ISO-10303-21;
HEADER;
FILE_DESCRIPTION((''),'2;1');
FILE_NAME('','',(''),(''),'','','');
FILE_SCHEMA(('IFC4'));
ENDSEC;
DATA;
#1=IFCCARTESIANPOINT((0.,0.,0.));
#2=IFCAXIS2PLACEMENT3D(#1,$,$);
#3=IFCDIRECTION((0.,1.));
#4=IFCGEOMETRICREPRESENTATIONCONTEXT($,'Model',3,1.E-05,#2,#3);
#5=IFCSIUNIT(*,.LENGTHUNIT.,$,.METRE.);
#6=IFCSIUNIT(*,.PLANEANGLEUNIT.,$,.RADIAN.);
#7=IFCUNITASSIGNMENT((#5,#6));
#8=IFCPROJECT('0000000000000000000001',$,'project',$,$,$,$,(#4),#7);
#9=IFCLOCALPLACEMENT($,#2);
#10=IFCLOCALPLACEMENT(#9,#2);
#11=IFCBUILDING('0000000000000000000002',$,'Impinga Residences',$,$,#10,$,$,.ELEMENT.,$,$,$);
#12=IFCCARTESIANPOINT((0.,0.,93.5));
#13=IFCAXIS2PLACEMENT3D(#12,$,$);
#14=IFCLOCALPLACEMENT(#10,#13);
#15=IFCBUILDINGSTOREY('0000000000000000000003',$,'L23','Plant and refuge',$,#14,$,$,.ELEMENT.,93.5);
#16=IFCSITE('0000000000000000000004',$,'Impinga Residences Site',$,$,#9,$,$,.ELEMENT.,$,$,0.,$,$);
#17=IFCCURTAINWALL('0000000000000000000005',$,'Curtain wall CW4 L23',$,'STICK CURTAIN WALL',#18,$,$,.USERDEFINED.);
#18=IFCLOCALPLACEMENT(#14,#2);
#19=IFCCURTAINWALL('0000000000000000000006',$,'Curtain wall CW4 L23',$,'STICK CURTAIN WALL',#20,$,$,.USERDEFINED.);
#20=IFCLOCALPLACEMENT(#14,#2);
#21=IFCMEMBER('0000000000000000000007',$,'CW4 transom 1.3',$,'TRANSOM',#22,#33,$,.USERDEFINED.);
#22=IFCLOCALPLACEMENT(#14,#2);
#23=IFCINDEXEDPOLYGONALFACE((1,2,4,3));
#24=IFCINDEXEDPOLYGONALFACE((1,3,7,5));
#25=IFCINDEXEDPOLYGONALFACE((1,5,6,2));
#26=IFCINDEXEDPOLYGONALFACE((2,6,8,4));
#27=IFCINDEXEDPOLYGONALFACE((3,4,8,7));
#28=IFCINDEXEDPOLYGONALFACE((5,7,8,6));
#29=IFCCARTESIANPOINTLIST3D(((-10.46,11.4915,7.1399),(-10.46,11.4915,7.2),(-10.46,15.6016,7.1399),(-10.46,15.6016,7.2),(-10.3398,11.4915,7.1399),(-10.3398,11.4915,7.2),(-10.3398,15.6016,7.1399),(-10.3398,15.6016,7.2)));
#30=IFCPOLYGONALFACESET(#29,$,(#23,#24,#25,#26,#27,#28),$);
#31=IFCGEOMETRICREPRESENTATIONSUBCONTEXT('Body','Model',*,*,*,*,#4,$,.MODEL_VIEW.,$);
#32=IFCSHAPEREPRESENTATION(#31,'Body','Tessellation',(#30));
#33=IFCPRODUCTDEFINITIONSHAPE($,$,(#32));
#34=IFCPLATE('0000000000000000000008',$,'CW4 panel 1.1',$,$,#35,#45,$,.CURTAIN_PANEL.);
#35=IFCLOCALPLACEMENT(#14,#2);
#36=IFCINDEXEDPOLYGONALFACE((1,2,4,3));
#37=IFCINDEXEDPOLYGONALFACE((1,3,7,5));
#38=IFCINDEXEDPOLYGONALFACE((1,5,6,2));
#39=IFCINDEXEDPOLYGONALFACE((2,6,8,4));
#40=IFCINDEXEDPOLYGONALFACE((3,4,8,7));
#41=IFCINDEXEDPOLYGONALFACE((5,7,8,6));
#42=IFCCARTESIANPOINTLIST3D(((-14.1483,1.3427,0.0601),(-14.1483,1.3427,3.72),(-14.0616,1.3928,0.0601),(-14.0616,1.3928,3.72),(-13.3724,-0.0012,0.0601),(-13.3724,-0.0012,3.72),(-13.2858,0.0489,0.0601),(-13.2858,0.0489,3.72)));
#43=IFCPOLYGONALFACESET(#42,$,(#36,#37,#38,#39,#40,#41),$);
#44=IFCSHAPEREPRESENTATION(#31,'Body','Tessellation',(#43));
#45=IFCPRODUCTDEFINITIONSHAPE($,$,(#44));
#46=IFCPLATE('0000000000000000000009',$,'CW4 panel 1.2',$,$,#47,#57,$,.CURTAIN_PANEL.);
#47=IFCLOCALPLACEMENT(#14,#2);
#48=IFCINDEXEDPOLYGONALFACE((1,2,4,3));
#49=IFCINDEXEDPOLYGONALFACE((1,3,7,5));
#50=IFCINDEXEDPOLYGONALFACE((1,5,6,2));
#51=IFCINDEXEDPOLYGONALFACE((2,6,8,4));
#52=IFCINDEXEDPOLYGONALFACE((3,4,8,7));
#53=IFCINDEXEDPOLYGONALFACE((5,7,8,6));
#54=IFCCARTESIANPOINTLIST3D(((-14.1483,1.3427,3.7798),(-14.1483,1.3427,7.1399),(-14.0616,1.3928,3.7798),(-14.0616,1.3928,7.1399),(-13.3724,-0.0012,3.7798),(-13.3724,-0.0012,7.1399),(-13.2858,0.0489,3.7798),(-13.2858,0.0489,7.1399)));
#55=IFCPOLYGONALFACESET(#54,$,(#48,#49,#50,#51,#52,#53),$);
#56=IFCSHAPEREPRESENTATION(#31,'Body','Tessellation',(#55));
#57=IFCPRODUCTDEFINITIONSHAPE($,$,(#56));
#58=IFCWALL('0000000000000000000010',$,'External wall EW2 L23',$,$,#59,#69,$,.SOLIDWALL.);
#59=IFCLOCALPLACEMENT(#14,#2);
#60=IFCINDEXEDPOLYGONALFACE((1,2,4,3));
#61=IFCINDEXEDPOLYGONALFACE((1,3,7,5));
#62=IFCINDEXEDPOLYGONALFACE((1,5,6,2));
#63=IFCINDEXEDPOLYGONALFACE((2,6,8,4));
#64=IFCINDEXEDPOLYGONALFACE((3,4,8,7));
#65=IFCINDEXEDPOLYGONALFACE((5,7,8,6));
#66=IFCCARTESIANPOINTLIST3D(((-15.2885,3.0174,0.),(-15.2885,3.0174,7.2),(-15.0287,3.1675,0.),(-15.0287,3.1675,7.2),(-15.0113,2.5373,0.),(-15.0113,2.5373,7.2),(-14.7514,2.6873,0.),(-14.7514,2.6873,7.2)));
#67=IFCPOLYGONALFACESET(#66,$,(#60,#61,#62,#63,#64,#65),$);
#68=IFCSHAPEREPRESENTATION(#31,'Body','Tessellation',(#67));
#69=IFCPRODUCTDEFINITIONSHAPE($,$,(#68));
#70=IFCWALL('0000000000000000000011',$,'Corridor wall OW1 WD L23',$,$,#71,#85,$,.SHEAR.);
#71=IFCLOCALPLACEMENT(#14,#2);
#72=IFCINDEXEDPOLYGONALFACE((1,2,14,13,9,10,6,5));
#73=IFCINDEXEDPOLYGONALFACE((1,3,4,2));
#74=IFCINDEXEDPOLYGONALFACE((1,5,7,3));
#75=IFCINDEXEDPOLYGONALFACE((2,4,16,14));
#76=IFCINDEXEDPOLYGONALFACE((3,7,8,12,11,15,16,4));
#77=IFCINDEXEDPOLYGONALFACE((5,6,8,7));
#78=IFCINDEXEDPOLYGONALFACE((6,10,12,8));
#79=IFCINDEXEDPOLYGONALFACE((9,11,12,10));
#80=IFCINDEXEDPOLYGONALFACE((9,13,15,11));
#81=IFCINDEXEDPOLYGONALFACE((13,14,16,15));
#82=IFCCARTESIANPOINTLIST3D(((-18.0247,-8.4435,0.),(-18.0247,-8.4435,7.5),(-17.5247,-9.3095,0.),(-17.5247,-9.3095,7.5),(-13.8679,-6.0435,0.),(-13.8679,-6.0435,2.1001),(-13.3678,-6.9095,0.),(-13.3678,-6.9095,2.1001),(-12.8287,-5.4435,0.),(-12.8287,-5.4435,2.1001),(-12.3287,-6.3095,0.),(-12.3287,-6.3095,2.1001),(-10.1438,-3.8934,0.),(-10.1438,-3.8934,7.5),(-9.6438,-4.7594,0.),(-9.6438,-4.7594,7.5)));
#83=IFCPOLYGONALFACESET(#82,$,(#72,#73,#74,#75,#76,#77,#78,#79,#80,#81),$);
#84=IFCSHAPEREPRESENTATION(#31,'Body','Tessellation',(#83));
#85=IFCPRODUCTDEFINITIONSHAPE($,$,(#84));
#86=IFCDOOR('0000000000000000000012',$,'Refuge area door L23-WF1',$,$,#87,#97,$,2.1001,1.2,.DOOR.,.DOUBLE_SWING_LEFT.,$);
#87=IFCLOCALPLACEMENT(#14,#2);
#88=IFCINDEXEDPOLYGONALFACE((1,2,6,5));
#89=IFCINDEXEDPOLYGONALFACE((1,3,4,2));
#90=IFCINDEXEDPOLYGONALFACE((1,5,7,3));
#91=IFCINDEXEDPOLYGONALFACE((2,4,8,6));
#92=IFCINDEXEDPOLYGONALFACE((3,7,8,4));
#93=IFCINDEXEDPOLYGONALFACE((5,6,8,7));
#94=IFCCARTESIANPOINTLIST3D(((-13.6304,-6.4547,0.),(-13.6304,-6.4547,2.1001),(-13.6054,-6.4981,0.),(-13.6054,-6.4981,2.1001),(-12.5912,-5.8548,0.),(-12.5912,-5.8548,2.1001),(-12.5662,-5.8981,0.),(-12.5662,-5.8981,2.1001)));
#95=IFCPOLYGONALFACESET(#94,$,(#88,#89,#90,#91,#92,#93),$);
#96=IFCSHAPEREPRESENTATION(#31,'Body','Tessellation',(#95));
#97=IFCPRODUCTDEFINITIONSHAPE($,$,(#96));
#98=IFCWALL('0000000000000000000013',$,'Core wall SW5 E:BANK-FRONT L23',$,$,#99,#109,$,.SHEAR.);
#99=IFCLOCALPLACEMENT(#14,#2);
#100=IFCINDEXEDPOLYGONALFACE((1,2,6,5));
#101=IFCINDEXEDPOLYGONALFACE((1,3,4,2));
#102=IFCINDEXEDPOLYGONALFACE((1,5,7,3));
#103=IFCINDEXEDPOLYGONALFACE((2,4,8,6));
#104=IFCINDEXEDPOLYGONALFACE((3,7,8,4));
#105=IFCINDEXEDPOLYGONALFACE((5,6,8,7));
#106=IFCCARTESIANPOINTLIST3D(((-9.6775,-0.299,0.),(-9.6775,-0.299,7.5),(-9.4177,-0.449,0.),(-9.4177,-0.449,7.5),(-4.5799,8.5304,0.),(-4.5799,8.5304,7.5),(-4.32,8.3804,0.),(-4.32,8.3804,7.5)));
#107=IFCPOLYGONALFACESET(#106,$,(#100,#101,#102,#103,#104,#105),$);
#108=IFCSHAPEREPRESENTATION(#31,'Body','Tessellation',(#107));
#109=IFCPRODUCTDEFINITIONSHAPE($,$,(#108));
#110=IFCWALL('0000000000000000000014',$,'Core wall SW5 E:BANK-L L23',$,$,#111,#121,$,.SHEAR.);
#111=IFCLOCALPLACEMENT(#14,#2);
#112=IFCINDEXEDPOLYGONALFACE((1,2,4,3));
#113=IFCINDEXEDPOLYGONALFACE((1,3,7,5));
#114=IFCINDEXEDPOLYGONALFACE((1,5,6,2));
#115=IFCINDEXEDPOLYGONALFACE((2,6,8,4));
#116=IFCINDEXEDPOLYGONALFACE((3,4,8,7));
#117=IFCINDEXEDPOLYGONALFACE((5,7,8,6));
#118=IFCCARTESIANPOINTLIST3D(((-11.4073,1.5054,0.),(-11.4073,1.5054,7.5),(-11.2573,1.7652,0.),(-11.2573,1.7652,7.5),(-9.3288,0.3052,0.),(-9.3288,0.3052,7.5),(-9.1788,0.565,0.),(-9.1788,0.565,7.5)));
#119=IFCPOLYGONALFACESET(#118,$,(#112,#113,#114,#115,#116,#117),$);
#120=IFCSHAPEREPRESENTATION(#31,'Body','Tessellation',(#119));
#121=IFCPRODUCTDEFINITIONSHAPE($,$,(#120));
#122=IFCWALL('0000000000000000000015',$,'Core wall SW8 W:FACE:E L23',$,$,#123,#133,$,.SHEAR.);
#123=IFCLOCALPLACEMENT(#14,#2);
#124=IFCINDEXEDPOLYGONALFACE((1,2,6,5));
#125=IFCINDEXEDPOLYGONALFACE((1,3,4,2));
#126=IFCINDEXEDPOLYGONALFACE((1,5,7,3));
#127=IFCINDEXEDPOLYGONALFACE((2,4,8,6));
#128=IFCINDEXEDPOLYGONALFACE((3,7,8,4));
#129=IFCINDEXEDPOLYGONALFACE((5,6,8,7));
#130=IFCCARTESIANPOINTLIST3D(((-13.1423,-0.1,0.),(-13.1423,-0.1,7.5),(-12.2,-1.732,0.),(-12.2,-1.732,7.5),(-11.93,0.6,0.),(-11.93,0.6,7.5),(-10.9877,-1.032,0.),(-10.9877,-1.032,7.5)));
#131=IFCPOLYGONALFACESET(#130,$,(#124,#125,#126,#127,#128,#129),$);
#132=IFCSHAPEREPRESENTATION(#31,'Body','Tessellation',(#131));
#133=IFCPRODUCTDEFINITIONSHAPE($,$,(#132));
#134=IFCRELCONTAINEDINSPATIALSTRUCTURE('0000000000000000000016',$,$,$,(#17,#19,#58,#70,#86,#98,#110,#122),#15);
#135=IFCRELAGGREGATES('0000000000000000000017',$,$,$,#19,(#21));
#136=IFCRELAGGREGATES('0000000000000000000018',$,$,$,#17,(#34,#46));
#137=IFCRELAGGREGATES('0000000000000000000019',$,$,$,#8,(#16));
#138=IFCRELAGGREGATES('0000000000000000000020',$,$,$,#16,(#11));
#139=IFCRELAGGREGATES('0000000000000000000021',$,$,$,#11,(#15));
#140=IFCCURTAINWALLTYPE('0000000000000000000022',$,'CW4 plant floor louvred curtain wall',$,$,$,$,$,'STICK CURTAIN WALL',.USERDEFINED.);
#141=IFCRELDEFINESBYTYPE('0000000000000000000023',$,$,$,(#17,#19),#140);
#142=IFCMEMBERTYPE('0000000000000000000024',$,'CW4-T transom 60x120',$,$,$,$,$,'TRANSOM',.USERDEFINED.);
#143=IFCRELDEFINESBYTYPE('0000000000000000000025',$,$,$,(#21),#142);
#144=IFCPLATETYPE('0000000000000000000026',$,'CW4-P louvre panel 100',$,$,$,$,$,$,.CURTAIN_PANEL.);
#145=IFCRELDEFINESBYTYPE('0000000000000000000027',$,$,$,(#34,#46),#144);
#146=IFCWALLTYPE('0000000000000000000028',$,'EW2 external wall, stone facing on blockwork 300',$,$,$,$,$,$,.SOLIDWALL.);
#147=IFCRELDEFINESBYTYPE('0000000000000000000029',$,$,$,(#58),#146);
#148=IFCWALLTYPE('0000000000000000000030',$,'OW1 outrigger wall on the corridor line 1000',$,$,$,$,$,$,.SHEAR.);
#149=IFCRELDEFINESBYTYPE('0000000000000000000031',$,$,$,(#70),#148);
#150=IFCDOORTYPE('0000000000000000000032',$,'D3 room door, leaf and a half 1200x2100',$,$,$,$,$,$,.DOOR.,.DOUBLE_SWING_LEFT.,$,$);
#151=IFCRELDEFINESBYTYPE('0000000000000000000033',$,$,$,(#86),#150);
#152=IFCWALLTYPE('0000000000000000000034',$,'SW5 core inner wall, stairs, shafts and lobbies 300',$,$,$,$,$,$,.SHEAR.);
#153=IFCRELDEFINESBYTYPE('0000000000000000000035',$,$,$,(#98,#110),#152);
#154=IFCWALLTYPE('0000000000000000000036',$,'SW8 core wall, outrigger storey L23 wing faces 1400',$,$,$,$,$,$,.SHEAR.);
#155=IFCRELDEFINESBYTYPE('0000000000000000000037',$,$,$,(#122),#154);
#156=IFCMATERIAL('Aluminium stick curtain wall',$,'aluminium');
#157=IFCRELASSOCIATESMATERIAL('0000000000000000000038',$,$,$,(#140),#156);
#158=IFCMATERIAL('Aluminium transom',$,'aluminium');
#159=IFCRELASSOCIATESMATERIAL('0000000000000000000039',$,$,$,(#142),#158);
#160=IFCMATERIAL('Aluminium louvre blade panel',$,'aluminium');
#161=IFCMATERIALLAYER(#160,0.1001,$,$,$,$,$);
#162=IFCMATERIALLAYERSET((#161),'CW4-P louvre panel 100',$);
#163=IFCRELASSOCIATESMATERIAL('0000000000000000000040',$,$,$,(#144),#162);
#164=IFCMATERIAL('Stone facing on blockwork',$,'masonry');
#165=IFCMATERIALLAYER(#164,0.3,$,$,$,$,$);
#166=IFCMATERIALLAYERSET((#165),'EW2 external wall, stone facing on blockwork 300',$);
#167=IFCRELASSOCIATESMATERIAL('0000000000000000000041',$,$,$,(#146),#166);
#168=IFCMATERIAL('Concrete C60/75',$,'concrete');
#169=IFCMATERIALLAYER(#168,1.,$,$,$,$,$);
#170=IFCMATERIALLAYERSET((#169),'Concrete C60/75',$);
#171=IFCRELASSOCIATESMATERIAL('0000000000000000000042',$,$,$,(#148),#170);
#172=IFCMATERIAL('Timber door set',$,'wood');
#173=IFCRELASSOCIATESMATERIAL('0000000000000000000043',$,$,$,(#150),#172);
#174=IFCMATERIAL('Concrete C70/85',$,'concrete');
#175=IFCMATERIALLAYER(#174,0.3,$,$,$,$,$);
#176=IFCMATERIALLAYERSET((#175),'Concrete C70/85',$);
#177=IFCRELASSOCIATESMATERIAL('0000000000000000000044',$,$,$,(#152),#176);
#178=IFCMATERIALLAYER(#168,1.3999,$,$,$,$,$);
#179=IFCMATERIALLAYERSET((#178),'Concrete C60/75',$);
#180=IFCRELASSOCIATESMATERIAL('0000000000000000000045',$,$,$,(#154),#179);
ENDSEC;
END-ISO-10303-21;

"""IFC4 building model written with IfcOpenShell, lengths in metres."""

from ifc_helpers import new_model, si_unit, direction, frame, frame_2d, origin, origin_2d, place, context, subcontext, project, spatial, rectangle, extrude, material, layer, layer_set, material_profile, profile_set, type_object, element, fill, aggregate, save


model = new_model("IFC4")

# Units and contexts
model_context = context("Model", 3, precision=1e-05, world=origin(), true_north=direction((0.0, 1.0)))
body_context = subcontext(model_context, "Body", "Model", "MODEL_VIEW")
ifc_project = project(units=[si_unit("LENGTHUNIT", "METRE"), si_unit("PLANEANGLEUNIT", "RADIAN")], contexts=[model_context])

# Site, building, storey
site_placement = place(None, origin())
site = spatial("IfcSite", under=ifc_project, at=site_placement, Name="Impinga Residences Site", CompositionType="ELEMENT", RefElevation=0.0)
building_placement = place(site_placement, origin())
building = spatial("IfcBuilding", under=site, at=building_placement, Name="Impinga Residences", CompositionType="ELEMENT")
storey_placement = place(building_placement, frame((0.0, 0.0, 93.5)))
storey = spatial("IfcBuildingStorey", under=building, at=storey_placement, Name="L23", Description="Plant and refuge", CompositionType="ELEMENT", Elevation=93.5)

# Shared definitions
ifc_material_1 = material(Name="Concrete C70/85", Category="concrete")

# Shared definitions
ifc_material_2 = material(Name="Aluminium stick curtain wall", Category="aluminium")
curtain_wall_type = type_object("IfcCurtainWallType", Name="CW4 plant floor louvred curtain wall", ElementType="STICK CURTAIN WALL", PredefinedType="USERDEFINED", material=ifc_material_2)

# Curtain wall
curtain_wall_1_placement = place(storey_placement, origin())
curtain_wall_1 = element("IfcCurtainWall", 1, at=curtain_wall_1_placement, inside=storey, type_object=curtain_wall_type, Name="Curtain wall CW4 L23", ObjectType="STICK CURTAIN WALL", PredefinedType="USERDEFINED")

# Curtain wall
curtain_wall_2_placement = place(storey_placement, origin())
curtain_wall_2 = element("IfcCurtainWall", 2, at=curtain_wall_2_placement, inside=storey, type_object=curtain_wall_type, Name="Curtain wall CW4 L23", ObjectType="STICK CURTAIN WALL", PredefinedType="USERDEFINED")

# Member
ifc_material_3 = material(Name="Aluminium transom", Category="aluminium")
ifc_material_profile_1 = material_profile(ifc_material_3, rectangle(XDim=0.0601, YDim=0.1201, at=origin_2d()), Name="60x120 transom")
ifc_profile_set_1 = profile_set([ifc_material_profile_1], Name="Aluminium transom")
member_type_1 = type_object("IfcMemberType", Name="CW4-T transom 60x120", ElementType="TRANSOM", PredefinedType="USERDEFINED", material=ifc_profile_set_1)
member_1_placement = place(storey_placement, frame((-10.3999, 11.4915, 7.1699), z_axis=(0.0, 1.0, 0.0), x_axis=(0.0, 0.0, 1.0)))
member_1 = element("IfcMember", 3, at=member_1_placement, type_object=member_type_1, Name="CW4 transom 1.3", ObjectType="TRANSOM", PredefinedType="USERDEFINED", context=body_context, shape_type="SweptSolid", body=[
    extrude(rectangle(XDim=0.0601, YDim=0.1201, at=origin_2d()), origin(), (0.0, 0.0, 1.0), 4.1101),
])
aggregate(curtain_wall_2, [member_1])

# Plates
ifc_material_4 = material(Name="Aluminium louvre blade panel", Category="aluminium")
ifc_layer_1 = layer(ifc_material_4, 0.1001)
ifc_layer_set_1 = layer_set([ifc_layer_1], Name="CW4-P louvre panel 100")
plate_type = type_object("IfcPlateType", Name="CW4-P louvre panel 100", PredefinedType="CURTAIN_PANEL", material=ifc_layer_set_1)
plate_1_placement = place(storey_placement, frame((-13.717, 0.6958, 0.0601), z_axis=(0.0, 0.0, 1.0), x_axis=(0.5, -0.866025, 0.0)))
plate_1 = element("IfcPlate", 4, at=plate_1_placement, type_object=plate_type, Name="CW4 panel 1.1", PredefinedType="CURTAIN_PANEL", context=body_context, shape_type="SweptSolid", body=[
    extrude(rectangle(XDim=1.5518, YDim=0.1001, at=origin_2d()), origin(), (0.0, 0.0, 1.0), 3.6599),
])
plate_2_placement = place(storey_placement, frame((-13.717, 0.6958, 3.7798), z_axis=(0.0, 0.0, 1.0), x_axis=(0.5, -0.866025, 0.0)))
plate_2 = element("IfcPlate", 5, at=plate_2_placement, type_object=plate_type, Name="CW4 panel 1.2", PredefinedType="CURTAIN_PANEL", context=body_context, shape_type="SweptSolid", body=[
    extrude(rectangle(XDim=1.5518, YDim=0.1001, at=origin_2d()), origin(), (0.0, 0.0, 1.0), 3.3601),
])
aggregate(curtain_wall_1, [plate_1, plate_2])

# Wall
ifc_material_5 = material(Name="Stone facing on blockwork", Category="masonry")
ifc_layer_2 = layer(ifc_material_5, 0.3)
ifc_layer_set_2 = layer_set([ifc_layer_2], Name="EW2 external wall, stone facing on blockwork 300")
wall_type_1 = type_object("IfcWallType", Name="EW2 external wall, stone facing on blockwork 300", PredefinedType="SOLIDWALL", material=ifc_layer_set_2)
wall_1_placement = place(storey_placement, frame((-15.1587, 3.0925, 0.0), z_axis=(0.0, 0.0, 1.0), x_axis=(0.500116, -0.865958, 0.0)))
element("IfcWall", 6, at=wall_1_placement, inside=storey, type_object=wall_type_1, Name="External wall EW2 L23", PredefinedType="SOLIDWALL", context=body_context, shape_type="SweptSolid", body=[
    extrude(rectangle(XDim=0.5544, YDim=0.3, at=frame_2d((0.2773, 0.0))), origin(), (0.0, 0.0, 1.0), 7.2),
])

# Wall, opening, door
ifc_material_6 = material(Name="Concrete C60/75", Category="concrete")
ifc_layer_3 = layer(ifc_material_6, 1.0)
ifc_layer_set_3 = layer_set([ifc_layer_3], Name="Concrete C60/75")
wall_type_2 = type_object("IfcWallType", Name="OW1 outrigger wall on the corridor line 1000", PredefinedType="SHEAR", material=ifc_layer_set_3)
wall_2_placement = place(storey_placement, frame((-9.8938, -4.3264, 0.0), z_axis=(0.0, 0.0, 1.0), x_axis=(-0.866024, -0.500003, 0.0)))
wall_2 = element("IfcWall", 7, at=wall_2_placement, inside=storey, type_object=wall_type_2, Name="Corridor wall OW1 WD L23", PredefinedType="SHEAR", context=body_context, shape_type="SweptSolid", body=[
    extrude(rectangle(XDim=9.1001, YDim=1.0, at=frame_2d((4.55, 0.0))), origin(), (0.0, 0.0, 1.0), 7.5),
])
opening_placement = place(wall_2_placement, frame((3.1001, 0.0, 0.0)))
opening = element("IfcOpeningElement", 8, at=opening_placement, cuts=wall_2, PredefinedType="OPENING", context=body_context, shape_type="SweptSolid", body=[
    extrude(rectangle(XDim=1.2, YDim=2.1001, at=frame_2d((0.6001, 1.05))), frame((0.0, 0.51, 0.0), z_axis=(0.0, -1.0, 0.0), x_axis=(1.0, 0.0, 0.0)), (0.0, 0.0, 1.0), 1.02),
])
ifc_material_7 = material(Name="Timber door set", Category="wood")
door_type = type_object("IfcDoorType", Name="D3 room door, leaf and a half 1200x2100", OperationType="DOUBLE_SWING_LEFT", PredefinedType="DOOR", material=ifc_material_7)
door_placement = place(opening_placement, origin())
door = element("IfcDoor", 9, at=door_placement, inside=storey, type_object=door_type, Name="Refuge area door L23-WF1", OperationType="DOUBLE_SWING_LEFT", OverallHeight=2.1001, OverallWidth=1.2, PredefinedType="DOOR", context=body_context, shape_type="SweptSolid", body=[
    extrude(rectangle(XDim=1.2, YDim=2.1001, at=frame_2d((0.6001, 1.05))), frame((0.0, 0.0249, 0.0), z_axis=(0.0, -1.0, 0.0), x_axis=(1.0, 0.0, 0.0)), (0.0, 0.0, 1.0), 0.05),
])
fill(opening, door)

# Walls
ifc_layer_4 = layer(ifc_material_1, 0.3)
ifc_layer_set_4 = layer_set([ifc_layer_4], Name="Concrete C70/85")
wall_type_3 = type_object("IfcWallType", Name="SW5 core inner wall, stairs, shafts and lobbies 300", PredefinedType="SHEAR", material=ifc_layer_set_4)
wall_3_placement = place(storey_placement, frame((-9.5476, -0.374, 0.0), z_axis=(0.0, 0.0, 1.0), x_axis=(0.500002, 0.866024, 0.0)))
element("IfcWall", 10, at=wall_3_placement, inside=storey, type_object=wall_type_3, Name="Core wall SW5 E:BANK-FRONT L23", PredefinedType="SHEAR", context=body_context, shape_type="SweptSolid", body=[
    extrude(rectangle(XDim=10.1953, YDim=0.3, at=frame_2d((5.0977, 0.0))), origin(), (0.0, 0.0, 1.0), 7.5),
])
wall_4_placement = place(storey_placement, frame((-9.2537, 0.4351, 0.0), z_axis=(0.0, 0.0, 1.0), x_axis=(-0.866006, 0.500034, 0.0)))
element("IfcWall", 11, at=wall_4_placement, inside=storey, type_object=wall_type_3, Name="Core wall SW5 E:BANK-L L23", PredefinedType="SHEAR", context=body_context, shape_type="SweptSolid", body=[
    extrude(rectangle(XDim=2.4001, YDim=0.3, at=frame_2d((1.2002, 0.0))), origin(), (0.0, 0.0, 1.0), 7.5),
])
ifc_layer_5 = layer(ifc_material_6, 1.3999)
ifc_layer_set_5 = layer_set([ifc_layer_5], Name="Concrete C60/75")
wall_type_4 = type_object("IfcWallType", Name="SW8 core wall, outrigger storey L23 wing faces 1400", PredefinedType="SHEAR", material=ifc_layer_set_5)
wall_5_placement = place(storey_placement, frame((-11.5938, -1.3821, 0.0), z_axis=(0.0, 0.0, 1.0), x_axis=(-0.50004, 0.866002, 0.0)))
element("IfcWall", 12, at=wall_5_placement, inside=storey, type_object=wall_type_4, Name="Core wall SW8 W:FACE:E L23", PredefinedType="SHEAR", context=body_context, shape_type="SweptSolid", body=[
    extrude(rectangle(XDim=1.8845, YDim=1.3999, at=frame_2d((0.9424, 0.0))), origin(), (0.0, 0.0, 1.0), 7.5),
])

save(model, "model.ifc")
